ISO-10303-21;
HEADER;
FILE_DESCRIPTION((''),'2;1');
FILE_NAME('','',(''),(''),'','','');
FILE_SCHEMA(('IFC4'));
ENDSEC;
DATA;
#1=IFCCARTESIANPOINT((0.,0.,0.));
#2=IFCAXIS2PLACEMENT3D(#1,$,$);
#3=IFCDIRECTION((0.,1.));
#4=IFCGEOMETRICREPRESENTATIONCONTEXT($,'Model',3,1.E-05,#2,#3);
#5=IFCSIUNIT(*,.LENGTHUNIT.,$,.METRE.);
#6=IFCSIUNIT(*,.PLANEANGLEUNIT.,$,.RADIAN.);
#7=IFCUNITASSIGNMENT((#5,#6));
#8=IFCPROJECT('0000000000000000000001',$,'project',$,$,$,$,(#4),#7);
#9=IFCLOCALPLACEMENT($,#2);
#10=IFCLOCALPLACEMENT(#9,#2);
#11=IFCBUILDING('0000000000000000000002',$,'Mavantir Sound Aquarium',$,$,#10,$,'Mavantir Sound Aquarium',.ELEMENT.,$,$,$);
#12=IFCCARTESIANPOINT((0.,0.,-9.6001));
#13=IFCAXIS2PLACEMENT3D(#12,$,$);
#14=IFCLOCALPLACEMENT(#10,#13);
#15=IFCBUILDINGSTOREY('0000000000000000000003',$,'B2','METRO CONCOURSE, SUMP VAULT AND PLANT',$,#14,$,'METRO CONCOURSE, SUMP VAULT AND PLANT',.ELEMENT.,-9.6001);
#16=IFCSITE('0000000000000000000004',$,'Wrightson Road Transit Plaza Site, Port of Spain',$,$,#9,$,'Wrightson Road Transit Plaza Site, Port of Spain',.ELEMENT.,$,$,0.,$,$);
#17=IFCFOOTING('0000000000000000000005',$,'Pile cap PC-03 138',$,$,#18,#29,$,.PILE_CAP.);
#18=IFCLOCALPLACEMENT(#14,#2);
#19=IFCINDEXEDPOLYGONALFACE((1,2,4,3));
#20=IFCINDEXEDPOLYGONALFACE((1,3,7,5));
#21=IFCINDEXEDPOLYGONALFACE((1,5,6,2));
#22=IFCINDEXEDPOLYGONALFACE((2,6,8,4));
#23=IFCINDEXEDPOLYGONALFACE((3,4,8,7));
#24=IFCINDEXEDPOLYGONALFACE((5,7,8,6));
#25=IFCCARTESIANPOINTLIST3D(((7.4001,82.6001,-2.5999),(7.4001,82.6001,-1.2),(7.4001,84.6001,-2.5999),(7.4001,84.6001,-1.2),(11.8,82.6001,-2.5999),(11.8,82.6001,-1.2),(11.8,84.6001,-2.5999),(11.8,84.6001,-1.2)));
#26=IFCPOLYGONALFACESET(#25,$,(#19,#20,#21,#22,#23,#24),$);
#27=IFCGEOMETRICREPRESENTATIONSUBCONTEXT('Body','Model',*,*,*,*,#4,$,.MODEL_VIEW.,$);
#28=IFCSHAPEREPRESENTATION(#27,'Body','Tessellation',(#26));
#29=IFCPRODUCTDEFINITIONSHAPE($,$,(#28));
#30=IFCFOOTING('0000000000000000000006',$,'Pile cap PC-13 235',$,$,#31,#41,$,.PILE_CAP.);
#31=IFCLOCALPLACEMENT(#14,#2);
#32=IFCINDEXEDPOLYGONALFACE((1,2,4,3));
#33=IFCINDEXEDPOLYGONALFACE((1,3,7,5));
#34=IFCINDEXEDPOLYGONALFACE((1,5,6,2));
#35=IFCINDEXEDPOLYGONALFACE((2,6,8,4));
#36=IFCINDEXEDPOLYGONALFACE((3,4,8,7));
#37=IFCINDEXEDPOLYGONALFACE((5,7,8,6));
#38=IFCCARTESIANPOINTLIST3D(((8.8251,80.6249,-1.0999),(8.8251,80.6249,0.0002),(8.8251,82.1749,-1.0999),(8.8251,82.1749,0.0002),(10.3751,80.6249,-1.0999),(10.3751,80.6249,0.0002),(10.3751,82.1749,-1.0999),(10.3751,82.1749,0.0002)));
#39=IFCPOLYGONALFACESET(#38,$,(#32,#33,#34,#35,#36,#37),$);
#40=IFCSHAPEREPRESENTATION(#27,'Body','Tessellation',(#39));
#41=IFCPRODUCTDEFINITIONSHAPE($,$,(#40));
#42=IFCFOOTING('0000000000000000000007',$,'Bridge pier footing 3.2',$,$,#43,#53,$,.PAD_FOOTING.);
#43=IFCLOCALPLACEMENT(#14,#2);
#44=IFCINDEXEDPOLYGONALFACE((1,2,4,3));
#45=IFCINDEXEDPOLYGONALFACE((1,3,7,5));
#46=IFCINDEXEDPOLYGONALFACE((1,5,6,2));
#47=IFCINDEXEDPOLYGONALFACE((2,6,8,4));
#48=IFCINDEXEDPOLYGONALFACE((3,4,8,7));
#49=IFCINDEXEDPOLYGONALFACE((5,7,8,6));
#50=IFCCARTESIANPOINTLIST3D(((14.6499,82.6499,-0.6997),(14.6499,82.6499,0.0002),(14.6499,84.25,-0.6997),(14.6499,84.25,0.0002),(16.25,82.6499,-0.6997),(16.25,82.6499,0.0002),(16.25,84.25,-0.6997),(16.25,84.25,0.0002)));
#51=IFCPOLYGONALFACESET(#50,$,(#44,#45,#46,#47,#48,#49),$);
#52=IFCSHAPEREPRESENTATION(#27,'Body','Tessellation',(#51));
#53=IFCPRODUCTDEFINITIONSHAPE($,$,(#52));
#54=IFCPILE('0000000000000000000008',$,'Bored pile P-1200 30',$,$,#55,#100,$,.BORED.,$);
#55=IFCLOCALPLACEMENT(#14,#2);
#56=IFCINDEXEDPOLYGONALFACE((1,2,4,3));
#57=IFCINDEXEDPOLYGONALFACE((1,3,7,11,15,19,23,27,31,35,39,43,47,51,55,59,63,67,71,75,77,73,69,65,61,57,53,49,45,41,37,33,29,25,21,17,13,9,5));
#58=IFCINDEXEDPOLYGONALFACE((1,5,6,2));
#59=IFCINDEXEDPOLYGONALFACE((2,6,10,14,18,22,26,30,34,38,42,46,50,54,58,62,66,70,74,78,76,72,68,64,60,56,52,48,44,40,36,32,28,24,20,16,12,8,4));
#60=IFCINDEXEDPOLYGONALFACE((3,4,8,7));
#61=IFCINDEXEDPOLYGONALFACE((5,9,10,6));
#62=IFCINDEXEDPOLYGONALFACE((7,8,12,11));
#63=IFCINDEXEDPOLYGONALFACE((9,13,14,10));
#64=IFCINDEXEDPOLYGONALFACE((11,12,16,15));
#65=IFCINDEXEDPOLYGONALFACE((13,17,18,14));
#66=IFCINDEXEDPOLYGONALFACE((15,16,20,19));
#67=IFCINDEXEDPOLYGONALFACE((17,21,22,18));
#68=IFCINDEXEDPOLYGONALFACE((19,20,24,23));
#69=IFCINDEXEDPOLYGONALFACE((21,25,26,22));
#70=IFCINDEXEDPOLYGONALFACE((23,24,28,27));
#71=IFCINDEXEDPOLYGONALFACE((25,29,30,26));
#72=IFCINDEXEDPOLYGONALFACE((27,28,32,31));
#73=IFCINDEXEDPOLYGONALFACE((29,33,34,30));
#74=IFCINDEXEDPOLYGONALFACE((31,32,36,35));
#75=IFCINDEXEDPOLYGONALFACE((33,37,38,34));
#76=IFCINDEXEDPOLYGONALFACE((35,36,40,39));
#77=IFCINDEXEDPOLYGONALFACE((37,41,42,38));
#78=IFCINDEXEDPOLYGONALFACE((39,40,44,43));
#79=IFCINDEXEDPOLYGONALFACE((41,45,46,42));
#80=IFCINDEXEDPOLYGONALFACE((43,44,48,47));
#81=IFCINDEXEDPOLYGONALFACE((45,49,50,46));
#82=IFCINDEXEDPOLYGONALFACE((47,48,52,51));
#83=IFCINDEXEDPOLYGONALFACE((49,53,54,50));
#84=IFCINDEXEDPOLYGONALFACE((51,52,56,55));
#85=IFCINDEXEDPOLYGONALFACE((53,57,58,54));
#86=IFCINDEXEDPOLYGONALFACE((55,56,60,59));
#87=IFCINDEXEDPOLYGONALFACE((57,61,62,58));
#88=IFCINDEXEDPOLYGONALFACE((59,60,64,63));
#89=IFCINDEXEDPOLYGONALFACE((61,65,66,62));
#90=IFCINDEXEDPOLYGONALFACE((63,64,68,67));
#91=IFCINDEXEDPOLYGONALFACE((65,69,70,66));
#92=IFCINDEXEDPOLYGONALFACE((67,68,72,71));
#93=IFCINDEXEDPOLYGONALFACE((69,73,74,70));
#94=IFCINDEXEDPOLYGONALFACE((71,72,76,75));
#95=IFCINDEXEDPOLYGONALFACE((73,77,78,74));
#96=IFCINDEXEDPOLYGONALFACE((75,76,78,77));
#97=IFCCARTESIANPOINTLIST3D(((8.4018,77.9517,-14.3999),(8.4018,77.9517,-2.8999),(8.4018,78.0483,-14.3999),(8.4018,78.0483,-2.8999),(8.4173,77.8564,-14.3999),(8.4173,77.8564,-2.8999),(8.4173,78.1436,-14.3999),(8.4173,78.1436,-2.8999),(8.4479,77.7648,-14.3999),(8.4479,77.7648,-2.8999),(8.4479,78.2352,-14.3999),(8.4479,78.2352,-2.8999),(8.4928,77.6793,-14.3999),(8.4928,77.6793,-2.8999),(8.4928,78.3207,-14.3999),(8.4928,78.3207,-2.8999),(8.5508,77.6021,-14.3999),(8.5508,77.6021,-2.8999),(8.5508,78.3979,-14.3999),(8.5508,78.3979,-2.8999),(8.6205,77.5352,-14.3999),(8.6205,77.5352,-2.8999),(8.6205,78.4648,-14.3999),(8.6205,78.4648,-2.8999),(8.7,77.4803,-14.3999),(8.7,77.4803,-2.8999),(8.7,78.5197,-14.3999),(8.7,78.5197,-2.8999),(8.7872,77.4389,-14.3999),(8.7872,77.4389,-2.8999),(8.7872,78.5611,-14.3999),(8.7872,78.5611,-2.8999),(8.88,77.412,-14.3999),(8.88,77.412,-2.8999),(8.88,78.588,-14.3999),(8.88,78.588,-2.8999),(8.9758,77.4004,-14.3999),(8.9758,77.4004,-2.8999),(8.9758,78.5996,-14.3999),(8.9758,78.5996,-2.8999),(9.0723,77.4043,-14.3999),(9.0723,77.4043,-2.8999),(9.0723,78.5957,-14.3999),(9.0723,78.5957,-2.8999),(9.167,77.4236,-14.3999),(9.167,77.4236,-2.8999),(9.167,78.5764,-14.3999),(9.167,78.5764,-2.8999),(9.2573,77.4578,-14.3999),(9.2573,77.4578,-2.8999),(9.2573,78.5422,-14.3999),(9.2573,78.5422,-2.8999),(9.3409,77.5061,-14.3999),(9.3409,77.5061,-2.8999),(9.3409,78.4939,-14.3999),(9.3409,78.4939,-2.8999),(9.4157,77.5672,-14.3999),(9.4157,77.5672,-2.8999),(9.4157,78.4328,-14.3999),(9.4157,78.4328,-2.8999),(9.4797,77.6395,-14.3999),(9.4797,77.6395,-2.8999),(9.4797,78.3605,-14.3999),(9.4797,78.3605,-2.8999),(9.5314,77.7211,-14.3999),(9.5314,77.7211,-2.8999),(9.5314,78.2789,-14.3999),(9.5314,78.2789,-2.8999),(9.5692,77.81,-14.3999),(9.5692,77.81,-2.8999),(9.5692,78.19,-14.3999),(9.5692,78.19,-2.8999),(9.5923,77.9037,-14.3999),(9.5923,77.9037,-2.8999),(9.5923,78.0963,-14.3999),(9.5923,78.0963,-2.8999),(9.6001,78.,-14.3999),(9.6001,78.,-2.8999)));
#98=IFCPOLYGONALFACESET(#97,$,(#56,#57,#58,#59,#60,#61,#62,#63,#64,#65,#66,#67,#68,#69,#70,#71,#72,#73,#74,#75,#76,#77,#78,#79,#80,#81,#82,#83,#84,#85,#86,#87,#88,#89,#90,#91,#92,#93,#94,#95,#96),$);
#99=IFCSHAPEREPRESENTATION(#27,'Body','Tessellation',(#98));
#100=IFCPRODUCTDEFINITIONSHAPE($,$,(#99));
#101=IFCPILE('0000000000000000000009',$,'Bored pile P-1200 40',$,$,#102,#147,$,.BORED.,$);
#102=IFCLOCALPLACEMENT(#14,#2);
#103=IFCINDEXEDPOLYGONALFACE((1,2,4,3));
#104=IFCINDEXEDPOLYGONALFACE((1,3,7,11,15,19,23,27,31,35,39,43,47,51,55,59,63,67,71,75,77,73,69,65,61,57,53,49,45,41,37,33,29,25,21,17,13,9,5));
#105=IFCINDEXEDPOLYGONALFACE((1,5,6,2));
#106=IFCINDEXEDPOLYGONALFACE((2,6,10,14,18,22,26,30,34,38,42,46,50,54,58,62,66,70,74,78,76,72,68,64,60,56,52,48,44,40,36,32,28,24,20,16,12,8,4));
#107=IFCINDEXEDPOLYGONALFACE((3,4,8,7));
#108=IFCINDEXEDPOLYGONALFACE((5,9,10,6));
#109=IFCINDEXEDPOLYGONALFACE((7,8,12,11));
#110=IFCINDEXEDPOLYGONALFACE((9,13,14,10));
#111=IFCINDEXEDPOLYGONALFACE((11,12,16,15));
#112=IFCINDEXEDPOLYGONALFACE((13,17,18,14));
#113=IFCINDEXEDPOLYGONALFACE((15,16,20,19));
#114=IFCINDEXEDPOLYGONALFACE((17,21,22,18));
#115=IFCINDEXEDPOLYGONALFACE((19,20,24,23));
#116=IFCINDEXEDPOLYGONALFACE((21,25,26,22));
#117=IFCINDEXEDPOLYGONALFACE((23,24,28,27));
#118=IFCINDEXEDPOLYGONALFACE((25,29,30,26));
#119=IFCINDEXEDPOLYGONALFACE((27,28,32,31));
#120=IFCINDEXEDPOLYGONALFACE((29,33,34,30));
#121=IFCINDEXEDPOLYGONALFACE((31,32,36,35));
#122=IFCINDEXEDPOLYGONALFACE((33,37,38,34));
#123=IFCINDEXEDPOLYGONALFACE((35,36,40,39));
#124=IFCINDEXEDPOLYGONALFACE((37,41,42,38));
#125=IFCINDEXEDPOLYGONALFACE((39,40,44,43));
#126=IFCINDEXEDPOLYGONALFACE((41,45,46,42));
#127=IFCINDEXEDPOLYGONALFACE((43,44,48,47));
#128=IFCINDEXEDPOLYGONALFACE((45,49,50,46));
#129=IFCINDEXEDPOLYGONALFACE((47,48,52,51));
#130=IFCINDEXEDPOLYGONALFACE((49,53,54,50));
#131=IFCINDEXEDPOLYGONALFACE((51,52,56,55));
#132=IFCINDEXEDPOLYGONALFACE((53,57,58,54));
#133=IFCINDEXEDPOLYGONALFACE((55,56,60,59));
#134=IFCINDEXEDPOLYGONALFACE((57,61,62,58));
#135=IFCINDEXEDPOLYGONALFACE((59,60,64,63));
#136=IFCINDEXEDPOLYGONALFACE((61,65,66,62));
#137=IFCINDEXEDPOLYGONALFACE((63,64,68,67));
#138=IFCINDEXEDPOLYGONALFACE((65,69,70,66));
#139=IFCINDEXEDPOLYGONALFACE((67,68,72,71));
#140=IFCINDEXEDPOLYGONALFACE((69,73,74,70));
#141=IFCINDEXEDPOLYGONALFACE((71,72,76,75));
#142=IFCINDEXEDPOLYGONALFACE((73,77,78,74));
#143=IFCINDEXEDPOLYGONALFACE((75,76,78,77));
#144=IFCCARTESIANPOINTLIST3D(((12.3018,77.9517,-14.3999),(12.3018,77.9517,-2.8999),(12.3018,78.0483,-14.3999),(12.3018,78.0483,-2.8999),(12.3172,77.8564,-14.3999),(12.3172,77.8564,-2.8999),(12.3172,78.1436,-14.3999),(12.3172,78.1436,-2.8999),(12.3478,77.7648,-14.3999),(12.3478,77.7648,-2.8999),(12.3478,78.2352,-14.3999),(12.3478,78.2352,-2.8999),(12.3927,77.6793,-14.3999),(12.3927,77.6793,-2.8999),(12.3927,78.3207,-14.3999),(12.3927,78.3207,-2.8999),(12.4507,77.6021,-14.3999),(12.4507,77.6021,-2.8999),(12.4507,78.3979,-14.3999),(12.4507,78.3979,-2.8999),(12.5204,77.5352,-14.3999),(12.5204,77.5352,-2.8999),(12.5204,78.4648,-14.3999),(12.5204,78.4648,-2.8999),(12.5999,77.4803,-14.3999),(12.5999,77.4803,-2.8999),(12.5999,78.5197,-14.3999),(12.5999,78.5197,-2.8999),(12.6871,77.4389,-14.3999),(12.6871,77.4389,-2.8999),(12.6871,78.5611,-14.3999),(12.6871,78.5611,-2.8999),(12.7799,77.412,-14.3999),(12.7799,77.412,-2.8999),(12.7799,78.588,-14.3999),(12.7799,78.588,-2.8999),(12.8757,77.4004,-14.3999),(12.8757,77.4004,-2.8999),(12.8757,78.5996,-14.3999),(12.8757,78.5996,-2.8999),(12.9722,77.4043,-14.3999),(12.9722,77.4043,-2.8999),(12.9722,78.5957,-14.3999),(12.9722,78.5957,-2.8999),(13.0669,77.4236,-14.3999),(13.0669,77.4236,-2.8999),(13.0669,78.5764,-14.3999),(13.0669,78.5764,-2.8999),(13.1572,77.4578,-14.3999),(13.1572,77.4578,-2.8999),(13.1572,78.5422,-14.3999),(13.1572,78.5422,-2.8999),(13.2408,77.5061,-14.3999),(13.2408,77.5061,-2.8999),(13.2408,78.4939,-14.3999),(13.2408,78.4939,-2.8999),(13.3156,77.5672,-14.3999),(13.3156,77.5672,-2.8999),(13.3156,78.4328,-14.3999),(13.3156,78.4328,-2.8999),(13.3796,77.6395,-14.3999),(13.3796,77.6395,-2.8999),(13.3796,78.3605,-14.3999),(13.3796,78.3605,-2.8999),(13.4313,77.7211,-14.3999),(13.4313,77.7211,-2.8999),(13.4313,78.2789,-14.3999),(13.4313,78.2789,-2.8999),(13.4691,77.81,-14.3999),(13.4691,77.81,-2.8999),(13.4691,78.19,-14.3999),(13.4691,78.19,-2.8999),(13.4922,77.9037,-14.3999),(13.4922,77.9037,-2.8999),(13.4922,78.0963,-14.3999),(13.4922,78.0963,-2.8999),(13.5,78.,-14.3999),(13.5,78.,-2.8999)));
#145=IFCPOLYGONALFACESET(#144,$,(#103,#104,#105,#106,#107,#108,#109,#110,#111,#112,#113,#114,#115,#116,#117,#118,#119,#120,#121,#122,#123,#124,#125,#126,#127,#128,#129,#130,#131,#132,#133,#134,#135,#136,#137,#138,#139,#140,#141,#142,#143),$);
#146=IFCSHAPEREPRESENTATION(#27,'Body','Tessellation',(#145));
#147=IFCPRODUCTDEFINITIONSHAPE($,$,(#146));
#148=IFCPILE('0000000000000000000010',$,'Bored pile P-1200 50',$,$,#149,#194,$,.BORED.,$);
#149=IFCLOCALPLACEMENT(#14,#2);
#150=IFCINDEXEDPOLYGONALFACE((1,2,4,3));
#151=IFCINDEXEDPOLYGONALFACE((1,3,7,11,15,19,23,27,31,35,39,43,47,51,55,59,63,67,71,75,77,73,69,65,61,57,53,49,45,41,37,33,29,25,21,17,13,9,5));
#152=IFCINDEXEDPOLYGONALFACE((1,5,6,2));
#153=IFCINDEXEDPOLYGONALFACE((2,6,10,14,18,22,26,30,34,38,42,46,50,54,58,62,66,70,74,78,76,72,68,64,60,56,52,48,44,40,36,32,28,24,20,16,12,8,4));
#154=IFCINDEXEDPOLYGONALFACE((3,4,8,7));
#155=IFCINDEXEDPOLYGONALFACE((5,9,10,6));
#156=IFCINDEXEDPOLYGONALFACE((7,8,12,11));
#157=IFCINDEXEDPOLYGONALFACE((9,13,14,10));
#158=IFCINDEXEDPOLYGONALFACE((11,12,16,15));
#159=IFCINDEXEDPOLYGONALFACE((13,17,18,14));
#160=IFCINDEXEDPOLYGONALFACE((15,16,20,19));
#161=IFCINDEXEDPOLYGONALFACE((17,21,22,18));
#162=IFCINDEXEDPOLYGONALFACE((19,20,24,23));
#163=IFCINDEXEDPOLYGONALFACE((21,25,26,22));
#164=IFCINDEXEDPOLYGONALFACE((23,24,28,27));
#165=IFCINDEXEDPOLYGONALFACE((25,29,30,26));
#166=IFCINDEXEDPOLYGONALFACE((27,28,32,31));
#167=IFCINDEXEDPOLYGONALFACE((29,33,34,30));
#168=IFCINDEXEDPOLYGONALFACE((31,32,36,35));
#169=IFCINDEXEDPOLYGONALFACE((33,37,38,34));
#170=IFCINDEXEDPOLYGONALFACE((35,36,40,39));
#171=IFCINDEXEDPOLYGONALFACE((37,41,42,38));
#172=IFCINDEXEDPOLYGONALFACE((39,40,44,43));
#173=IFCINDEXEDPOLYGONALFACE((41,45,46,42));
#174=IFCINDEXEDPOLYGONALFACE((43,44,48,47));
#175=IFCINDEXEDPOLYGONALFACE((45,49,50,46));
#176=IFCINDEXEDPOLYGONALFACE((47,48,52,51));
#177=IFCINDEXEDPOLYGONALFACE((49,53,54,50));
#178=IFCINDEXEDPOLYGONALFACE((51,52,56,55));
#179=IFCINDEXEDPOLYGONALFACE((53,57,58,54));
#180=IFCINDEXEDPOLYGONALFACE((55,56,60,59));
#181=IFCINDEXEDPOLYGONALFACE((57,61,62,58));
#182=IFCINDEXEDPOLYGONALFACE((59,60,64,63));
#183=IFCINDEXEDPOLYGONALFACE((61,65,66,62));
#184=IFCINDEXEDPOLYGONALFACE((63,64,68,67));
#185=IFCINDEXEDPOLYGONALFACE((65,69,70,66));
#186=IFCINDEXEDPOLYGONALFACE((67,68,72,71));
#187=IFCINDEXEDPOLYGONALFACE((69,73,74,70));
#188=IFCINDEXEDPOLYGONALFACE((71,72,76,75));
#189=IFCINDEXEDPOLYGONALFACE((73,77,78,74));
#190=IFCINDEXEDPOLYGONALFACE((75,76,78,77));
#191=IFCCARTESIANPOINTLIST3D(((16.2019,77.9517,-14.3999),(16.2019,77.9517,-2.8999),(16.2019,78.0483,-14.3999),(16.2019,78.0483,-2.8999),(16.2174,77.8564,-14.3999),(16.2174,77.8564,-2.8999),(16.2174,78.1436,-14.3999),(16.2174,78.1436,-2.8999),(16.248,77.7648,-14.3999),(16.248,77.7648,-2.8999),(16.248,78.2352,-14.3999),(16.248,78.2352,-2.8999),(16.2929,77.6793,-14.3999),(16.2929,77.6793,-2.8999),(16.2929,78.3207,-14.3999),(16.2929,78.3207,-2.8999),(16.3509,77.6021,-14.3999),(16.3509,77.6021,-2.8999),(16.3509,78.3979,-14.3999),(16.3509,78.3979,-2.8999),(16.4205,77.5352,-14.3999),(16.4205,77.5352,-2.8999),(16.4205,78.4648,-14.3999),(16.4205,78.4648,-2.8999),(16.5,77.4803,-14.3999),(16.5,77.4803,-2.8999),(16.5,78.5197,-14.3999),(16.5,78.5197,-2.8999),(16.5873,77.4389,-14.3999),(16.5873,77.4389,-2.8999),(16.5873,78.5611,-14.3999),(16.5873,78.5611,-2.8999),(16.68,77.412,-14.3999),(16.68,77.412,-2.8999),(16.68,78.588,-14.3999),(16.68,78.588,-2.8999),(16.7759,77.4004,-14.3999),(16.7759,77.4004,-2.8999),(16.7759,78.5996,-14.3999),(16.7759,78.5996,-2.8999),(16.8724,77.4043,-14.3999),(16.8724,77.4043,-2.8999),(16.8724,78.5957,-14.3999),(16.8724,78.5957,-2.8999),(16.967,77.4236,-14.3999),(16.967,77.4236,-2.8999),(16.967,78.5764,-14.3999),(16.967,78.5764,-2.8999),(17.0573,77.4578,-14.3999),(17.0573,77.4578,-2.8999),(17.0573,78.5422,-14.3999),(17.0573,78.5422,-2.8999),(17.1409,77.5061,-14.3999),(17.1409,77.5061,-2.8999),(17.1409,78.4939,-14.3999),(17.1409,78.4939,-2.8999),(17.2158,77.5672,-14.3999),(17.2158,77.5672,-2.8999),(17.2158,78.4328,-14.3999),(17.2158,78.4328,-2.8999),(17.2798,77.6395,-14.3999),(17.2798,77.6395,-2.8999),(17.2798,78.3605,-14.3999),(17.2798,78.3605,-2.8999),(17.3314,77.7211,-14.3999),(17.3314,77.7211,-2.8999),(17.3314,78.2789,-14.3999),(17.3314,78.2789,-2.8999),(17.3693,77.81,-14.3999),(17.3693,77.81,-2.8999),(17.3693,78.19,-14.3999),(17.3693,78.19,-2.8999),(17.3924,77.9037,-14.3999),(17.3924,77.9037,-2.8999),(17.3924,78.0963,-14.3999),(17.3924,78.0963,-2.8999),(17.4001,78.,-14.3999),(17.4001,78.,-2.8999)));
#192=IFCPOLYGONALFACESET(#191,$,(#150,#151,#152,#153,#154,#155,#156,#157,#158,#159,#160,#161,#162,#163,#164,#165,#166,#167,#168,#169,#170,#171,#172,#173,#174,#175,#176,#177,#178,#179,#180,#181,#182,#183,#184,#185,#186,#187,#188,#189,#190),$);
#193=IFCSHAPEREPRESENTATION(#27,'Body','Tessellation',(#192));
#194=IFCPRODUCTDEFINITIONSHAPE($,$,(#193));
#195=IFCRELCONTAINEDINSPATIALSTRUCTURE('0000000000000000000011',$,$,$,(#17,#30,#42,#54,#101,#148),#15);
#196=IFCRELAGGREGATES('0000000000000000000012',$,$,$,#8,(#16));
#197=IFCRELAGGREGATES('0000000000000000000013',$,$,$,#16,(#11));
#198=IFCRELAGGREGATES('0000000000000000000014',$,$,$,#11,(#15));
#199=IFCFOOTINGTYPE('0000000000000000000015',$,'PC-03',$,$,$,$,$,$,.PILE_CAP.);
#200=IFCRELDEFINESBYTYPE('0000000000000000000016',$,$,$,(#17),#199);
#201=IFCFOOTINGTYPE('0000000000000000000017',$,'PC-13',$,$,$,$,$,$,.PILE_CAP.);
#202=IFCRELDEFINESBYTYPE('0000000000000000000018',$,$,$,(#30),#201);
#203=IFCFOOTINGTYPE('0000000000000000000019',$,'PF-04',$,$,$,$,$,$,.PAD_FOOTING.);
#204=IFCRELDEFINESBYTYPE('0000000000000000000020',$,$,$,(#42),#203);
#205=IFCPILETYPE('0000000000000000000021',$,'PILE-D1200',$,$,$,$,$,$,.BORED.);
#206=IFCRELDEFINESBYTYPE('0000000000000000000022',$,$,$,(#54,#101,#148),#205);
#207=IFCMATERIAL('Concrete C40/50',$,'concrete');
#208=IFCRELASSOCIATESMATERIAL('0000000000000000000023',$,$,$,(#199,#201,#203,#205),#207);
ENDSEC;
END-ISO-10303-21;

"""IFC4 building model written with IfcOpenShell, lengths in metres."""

from ifc_helpers import new_model, si_unit, direction, frame, origin, origin_2d, place, context, subcontext, project, spatial, rectangle, circle, extrude, material, material_profile, profile_set, type_object, element, save


model = new_model("IFC4")

# Units and contexts
model_context = context("Model", 3, precision=1e-05, world=origin(), true_north=direction((0.0, 1.0)))
body_context = subcontext(model_context, "Body", "Model", "MODEL_VIEW")
ifc_project = project(units=[si_unit("LENGTHUNIT", "METRE"), si_unit("PLANEANGLEUNIT", "RADIAN")], contexts=[model_context])

# Site, building, storey
site_placement = place(None, origin())
site = spatial("IfcSite", under=ifc_project, at=site_placement, Name="Wrightson Road Transit Plaza Site, Port of Spain", LongName="Wrightson Road Transit Plaza Site, Port of Spain", CompositionType="ELEMENT", RefElevation=0.0)
building_placement = place(site_placement, origin())
building = spatial("IfcBuilding", under=site, at=building_placement, Name="Mavantir Sound Aquarium", LongName="Mavantir Sound Aquarium", CompositionType="ELEMENT")
storey_placement = place(building_placement, frame((0.0, 0.0, -9.6001)))
storey = spatial("IfcBuildingStorey", under=building, at=storey_placement, Name="B2", Description="METRO CONCOURSE, SUMP VAULT AND PLANT", LongName="METRO CONCOURSE, SUMP VAULT AND PLANT", CompositionType="ELEMENT", Elevation=-9.6001)

# Footings
ifc_material_1 = material(Name="Concrete C40/50", Category="concrete")
footing_type_1 = type_object("IfcFootingType", Name="PC-03", PredefinedType="PILE_CAP", material=ifc_material_1)
footing_1_placement = place(storey_placement, frame((9.6001, 83.6001, -2.5999), z_axis=(0.0, 0.0, 1.0), x_axis=(1.0, 0.0, 0.0)))
element("IfcFooting", 1, at=footing_1_placement, inside=storey, type_object=footing_type_1, Name="Pile cap PC-03 138", PredefinedType="PILE_CAP", context=body_context, shape_type="SweptSolid", body=[
    extrude(rectangle(XDim=4.3999, YDim=2.0, at=origin_2d()), origin(), (0.0, 0.0, 1.0), 1.3999),
])
footing_type_2 = type_object("IfcFootingType", Name="PC-13", PredefinedType="PILE_CAP", material=ifc_material_1)
footing_2_placement = place(storey_placement, frame((9.6001, 81.3999, -1.0999), z_axis=(0.0, 0.0, 1.0), x_axis=(1.0, 0.0, 0.0)))
element("IfcFooting", 2, at=footing_2_placement, inside=storey, type_object=footing_type_2, Name="Pile cap PC-13 235", PredefinedType="PILE_CAP", context=body_context, shape_type="SweptSolid", body=[
    extrude(rectangle(XDim=1.55, YDim=1.55, at=origin_2d()), origin(), (0.0, 0.0, 1.0), 1.1001),
])
footing_type_3 = type_object("IfcFootingType", Name="PF-04", PredefinedType="PAD_FOOTING", material=ifc_material_1)
footing_3_placement = place(storey_placement, frame((15.45, 83.45, -0.6997), z_axis=(0.0, 0.0, 1.0), x_axis=(1.0, 0.0, 0.0)))
element("IfcFooting", 3, at=footing_3_placement, inside=storey, type_object=footing_type_3, Name="Bridge pier footing 3.2", PredefinedType="PAD_FOOTING", context=body_context, shape_type="SweptSolid", body=[
    extrude(rectangle(XDim=1.6001, YDim=1.6001, at=origin_2d()), origin(), (0.0, 0.0, 1.0), 0.7),
])

# Piles
ifc_material_profile_1 = material_profile(ifc_material_1, circle(Radius=0.6001, at=origin_2d()), Name="PILE D1200")
ifc_profile_set_1 = profile_set([ifc_material_profile_1], Name="Concrete C40/50")
pile_type_1 = type_object("IfcPileType", Name="PILE-D1200", PredefinedType="BORED", material=ifc_profile_set_1)
for number, where, z_axis, x_axis, name in (
    (4, (9.0, 78.0, -2.8999), (0.0, 0.0, -1.0), (1.0, 0.0, 0.0), "Bored pile P-1200 30"),
    (5, (12.8999, 78.0, -2.8999), (0.0, 0.0, -1.0), (1.0, 0.0, 0.0), "Bored pile P-1200 40"),
    (6, (16.8, 78.0, -2.8999), (0.0, 0.0, -1.0), (1.0, 0.0, 0.0), "Bored pile P-1200 50"),
):
    element("IfcPile", number, at=place(storey_placement, frame(where, z_axis=z_axis, x_axis=x_axis)), inside=storey, type_object=pile_type_1, Name=name, PredefinedType="BORED", context=body_context, shape_type="SweptSolid", body=[
        extrude(circle(Radius=0.6001, at=origin_2d()), origin(), (0.0, 0.0, 1.0), 11.5),
    ])

save(model, "model.ifc")
